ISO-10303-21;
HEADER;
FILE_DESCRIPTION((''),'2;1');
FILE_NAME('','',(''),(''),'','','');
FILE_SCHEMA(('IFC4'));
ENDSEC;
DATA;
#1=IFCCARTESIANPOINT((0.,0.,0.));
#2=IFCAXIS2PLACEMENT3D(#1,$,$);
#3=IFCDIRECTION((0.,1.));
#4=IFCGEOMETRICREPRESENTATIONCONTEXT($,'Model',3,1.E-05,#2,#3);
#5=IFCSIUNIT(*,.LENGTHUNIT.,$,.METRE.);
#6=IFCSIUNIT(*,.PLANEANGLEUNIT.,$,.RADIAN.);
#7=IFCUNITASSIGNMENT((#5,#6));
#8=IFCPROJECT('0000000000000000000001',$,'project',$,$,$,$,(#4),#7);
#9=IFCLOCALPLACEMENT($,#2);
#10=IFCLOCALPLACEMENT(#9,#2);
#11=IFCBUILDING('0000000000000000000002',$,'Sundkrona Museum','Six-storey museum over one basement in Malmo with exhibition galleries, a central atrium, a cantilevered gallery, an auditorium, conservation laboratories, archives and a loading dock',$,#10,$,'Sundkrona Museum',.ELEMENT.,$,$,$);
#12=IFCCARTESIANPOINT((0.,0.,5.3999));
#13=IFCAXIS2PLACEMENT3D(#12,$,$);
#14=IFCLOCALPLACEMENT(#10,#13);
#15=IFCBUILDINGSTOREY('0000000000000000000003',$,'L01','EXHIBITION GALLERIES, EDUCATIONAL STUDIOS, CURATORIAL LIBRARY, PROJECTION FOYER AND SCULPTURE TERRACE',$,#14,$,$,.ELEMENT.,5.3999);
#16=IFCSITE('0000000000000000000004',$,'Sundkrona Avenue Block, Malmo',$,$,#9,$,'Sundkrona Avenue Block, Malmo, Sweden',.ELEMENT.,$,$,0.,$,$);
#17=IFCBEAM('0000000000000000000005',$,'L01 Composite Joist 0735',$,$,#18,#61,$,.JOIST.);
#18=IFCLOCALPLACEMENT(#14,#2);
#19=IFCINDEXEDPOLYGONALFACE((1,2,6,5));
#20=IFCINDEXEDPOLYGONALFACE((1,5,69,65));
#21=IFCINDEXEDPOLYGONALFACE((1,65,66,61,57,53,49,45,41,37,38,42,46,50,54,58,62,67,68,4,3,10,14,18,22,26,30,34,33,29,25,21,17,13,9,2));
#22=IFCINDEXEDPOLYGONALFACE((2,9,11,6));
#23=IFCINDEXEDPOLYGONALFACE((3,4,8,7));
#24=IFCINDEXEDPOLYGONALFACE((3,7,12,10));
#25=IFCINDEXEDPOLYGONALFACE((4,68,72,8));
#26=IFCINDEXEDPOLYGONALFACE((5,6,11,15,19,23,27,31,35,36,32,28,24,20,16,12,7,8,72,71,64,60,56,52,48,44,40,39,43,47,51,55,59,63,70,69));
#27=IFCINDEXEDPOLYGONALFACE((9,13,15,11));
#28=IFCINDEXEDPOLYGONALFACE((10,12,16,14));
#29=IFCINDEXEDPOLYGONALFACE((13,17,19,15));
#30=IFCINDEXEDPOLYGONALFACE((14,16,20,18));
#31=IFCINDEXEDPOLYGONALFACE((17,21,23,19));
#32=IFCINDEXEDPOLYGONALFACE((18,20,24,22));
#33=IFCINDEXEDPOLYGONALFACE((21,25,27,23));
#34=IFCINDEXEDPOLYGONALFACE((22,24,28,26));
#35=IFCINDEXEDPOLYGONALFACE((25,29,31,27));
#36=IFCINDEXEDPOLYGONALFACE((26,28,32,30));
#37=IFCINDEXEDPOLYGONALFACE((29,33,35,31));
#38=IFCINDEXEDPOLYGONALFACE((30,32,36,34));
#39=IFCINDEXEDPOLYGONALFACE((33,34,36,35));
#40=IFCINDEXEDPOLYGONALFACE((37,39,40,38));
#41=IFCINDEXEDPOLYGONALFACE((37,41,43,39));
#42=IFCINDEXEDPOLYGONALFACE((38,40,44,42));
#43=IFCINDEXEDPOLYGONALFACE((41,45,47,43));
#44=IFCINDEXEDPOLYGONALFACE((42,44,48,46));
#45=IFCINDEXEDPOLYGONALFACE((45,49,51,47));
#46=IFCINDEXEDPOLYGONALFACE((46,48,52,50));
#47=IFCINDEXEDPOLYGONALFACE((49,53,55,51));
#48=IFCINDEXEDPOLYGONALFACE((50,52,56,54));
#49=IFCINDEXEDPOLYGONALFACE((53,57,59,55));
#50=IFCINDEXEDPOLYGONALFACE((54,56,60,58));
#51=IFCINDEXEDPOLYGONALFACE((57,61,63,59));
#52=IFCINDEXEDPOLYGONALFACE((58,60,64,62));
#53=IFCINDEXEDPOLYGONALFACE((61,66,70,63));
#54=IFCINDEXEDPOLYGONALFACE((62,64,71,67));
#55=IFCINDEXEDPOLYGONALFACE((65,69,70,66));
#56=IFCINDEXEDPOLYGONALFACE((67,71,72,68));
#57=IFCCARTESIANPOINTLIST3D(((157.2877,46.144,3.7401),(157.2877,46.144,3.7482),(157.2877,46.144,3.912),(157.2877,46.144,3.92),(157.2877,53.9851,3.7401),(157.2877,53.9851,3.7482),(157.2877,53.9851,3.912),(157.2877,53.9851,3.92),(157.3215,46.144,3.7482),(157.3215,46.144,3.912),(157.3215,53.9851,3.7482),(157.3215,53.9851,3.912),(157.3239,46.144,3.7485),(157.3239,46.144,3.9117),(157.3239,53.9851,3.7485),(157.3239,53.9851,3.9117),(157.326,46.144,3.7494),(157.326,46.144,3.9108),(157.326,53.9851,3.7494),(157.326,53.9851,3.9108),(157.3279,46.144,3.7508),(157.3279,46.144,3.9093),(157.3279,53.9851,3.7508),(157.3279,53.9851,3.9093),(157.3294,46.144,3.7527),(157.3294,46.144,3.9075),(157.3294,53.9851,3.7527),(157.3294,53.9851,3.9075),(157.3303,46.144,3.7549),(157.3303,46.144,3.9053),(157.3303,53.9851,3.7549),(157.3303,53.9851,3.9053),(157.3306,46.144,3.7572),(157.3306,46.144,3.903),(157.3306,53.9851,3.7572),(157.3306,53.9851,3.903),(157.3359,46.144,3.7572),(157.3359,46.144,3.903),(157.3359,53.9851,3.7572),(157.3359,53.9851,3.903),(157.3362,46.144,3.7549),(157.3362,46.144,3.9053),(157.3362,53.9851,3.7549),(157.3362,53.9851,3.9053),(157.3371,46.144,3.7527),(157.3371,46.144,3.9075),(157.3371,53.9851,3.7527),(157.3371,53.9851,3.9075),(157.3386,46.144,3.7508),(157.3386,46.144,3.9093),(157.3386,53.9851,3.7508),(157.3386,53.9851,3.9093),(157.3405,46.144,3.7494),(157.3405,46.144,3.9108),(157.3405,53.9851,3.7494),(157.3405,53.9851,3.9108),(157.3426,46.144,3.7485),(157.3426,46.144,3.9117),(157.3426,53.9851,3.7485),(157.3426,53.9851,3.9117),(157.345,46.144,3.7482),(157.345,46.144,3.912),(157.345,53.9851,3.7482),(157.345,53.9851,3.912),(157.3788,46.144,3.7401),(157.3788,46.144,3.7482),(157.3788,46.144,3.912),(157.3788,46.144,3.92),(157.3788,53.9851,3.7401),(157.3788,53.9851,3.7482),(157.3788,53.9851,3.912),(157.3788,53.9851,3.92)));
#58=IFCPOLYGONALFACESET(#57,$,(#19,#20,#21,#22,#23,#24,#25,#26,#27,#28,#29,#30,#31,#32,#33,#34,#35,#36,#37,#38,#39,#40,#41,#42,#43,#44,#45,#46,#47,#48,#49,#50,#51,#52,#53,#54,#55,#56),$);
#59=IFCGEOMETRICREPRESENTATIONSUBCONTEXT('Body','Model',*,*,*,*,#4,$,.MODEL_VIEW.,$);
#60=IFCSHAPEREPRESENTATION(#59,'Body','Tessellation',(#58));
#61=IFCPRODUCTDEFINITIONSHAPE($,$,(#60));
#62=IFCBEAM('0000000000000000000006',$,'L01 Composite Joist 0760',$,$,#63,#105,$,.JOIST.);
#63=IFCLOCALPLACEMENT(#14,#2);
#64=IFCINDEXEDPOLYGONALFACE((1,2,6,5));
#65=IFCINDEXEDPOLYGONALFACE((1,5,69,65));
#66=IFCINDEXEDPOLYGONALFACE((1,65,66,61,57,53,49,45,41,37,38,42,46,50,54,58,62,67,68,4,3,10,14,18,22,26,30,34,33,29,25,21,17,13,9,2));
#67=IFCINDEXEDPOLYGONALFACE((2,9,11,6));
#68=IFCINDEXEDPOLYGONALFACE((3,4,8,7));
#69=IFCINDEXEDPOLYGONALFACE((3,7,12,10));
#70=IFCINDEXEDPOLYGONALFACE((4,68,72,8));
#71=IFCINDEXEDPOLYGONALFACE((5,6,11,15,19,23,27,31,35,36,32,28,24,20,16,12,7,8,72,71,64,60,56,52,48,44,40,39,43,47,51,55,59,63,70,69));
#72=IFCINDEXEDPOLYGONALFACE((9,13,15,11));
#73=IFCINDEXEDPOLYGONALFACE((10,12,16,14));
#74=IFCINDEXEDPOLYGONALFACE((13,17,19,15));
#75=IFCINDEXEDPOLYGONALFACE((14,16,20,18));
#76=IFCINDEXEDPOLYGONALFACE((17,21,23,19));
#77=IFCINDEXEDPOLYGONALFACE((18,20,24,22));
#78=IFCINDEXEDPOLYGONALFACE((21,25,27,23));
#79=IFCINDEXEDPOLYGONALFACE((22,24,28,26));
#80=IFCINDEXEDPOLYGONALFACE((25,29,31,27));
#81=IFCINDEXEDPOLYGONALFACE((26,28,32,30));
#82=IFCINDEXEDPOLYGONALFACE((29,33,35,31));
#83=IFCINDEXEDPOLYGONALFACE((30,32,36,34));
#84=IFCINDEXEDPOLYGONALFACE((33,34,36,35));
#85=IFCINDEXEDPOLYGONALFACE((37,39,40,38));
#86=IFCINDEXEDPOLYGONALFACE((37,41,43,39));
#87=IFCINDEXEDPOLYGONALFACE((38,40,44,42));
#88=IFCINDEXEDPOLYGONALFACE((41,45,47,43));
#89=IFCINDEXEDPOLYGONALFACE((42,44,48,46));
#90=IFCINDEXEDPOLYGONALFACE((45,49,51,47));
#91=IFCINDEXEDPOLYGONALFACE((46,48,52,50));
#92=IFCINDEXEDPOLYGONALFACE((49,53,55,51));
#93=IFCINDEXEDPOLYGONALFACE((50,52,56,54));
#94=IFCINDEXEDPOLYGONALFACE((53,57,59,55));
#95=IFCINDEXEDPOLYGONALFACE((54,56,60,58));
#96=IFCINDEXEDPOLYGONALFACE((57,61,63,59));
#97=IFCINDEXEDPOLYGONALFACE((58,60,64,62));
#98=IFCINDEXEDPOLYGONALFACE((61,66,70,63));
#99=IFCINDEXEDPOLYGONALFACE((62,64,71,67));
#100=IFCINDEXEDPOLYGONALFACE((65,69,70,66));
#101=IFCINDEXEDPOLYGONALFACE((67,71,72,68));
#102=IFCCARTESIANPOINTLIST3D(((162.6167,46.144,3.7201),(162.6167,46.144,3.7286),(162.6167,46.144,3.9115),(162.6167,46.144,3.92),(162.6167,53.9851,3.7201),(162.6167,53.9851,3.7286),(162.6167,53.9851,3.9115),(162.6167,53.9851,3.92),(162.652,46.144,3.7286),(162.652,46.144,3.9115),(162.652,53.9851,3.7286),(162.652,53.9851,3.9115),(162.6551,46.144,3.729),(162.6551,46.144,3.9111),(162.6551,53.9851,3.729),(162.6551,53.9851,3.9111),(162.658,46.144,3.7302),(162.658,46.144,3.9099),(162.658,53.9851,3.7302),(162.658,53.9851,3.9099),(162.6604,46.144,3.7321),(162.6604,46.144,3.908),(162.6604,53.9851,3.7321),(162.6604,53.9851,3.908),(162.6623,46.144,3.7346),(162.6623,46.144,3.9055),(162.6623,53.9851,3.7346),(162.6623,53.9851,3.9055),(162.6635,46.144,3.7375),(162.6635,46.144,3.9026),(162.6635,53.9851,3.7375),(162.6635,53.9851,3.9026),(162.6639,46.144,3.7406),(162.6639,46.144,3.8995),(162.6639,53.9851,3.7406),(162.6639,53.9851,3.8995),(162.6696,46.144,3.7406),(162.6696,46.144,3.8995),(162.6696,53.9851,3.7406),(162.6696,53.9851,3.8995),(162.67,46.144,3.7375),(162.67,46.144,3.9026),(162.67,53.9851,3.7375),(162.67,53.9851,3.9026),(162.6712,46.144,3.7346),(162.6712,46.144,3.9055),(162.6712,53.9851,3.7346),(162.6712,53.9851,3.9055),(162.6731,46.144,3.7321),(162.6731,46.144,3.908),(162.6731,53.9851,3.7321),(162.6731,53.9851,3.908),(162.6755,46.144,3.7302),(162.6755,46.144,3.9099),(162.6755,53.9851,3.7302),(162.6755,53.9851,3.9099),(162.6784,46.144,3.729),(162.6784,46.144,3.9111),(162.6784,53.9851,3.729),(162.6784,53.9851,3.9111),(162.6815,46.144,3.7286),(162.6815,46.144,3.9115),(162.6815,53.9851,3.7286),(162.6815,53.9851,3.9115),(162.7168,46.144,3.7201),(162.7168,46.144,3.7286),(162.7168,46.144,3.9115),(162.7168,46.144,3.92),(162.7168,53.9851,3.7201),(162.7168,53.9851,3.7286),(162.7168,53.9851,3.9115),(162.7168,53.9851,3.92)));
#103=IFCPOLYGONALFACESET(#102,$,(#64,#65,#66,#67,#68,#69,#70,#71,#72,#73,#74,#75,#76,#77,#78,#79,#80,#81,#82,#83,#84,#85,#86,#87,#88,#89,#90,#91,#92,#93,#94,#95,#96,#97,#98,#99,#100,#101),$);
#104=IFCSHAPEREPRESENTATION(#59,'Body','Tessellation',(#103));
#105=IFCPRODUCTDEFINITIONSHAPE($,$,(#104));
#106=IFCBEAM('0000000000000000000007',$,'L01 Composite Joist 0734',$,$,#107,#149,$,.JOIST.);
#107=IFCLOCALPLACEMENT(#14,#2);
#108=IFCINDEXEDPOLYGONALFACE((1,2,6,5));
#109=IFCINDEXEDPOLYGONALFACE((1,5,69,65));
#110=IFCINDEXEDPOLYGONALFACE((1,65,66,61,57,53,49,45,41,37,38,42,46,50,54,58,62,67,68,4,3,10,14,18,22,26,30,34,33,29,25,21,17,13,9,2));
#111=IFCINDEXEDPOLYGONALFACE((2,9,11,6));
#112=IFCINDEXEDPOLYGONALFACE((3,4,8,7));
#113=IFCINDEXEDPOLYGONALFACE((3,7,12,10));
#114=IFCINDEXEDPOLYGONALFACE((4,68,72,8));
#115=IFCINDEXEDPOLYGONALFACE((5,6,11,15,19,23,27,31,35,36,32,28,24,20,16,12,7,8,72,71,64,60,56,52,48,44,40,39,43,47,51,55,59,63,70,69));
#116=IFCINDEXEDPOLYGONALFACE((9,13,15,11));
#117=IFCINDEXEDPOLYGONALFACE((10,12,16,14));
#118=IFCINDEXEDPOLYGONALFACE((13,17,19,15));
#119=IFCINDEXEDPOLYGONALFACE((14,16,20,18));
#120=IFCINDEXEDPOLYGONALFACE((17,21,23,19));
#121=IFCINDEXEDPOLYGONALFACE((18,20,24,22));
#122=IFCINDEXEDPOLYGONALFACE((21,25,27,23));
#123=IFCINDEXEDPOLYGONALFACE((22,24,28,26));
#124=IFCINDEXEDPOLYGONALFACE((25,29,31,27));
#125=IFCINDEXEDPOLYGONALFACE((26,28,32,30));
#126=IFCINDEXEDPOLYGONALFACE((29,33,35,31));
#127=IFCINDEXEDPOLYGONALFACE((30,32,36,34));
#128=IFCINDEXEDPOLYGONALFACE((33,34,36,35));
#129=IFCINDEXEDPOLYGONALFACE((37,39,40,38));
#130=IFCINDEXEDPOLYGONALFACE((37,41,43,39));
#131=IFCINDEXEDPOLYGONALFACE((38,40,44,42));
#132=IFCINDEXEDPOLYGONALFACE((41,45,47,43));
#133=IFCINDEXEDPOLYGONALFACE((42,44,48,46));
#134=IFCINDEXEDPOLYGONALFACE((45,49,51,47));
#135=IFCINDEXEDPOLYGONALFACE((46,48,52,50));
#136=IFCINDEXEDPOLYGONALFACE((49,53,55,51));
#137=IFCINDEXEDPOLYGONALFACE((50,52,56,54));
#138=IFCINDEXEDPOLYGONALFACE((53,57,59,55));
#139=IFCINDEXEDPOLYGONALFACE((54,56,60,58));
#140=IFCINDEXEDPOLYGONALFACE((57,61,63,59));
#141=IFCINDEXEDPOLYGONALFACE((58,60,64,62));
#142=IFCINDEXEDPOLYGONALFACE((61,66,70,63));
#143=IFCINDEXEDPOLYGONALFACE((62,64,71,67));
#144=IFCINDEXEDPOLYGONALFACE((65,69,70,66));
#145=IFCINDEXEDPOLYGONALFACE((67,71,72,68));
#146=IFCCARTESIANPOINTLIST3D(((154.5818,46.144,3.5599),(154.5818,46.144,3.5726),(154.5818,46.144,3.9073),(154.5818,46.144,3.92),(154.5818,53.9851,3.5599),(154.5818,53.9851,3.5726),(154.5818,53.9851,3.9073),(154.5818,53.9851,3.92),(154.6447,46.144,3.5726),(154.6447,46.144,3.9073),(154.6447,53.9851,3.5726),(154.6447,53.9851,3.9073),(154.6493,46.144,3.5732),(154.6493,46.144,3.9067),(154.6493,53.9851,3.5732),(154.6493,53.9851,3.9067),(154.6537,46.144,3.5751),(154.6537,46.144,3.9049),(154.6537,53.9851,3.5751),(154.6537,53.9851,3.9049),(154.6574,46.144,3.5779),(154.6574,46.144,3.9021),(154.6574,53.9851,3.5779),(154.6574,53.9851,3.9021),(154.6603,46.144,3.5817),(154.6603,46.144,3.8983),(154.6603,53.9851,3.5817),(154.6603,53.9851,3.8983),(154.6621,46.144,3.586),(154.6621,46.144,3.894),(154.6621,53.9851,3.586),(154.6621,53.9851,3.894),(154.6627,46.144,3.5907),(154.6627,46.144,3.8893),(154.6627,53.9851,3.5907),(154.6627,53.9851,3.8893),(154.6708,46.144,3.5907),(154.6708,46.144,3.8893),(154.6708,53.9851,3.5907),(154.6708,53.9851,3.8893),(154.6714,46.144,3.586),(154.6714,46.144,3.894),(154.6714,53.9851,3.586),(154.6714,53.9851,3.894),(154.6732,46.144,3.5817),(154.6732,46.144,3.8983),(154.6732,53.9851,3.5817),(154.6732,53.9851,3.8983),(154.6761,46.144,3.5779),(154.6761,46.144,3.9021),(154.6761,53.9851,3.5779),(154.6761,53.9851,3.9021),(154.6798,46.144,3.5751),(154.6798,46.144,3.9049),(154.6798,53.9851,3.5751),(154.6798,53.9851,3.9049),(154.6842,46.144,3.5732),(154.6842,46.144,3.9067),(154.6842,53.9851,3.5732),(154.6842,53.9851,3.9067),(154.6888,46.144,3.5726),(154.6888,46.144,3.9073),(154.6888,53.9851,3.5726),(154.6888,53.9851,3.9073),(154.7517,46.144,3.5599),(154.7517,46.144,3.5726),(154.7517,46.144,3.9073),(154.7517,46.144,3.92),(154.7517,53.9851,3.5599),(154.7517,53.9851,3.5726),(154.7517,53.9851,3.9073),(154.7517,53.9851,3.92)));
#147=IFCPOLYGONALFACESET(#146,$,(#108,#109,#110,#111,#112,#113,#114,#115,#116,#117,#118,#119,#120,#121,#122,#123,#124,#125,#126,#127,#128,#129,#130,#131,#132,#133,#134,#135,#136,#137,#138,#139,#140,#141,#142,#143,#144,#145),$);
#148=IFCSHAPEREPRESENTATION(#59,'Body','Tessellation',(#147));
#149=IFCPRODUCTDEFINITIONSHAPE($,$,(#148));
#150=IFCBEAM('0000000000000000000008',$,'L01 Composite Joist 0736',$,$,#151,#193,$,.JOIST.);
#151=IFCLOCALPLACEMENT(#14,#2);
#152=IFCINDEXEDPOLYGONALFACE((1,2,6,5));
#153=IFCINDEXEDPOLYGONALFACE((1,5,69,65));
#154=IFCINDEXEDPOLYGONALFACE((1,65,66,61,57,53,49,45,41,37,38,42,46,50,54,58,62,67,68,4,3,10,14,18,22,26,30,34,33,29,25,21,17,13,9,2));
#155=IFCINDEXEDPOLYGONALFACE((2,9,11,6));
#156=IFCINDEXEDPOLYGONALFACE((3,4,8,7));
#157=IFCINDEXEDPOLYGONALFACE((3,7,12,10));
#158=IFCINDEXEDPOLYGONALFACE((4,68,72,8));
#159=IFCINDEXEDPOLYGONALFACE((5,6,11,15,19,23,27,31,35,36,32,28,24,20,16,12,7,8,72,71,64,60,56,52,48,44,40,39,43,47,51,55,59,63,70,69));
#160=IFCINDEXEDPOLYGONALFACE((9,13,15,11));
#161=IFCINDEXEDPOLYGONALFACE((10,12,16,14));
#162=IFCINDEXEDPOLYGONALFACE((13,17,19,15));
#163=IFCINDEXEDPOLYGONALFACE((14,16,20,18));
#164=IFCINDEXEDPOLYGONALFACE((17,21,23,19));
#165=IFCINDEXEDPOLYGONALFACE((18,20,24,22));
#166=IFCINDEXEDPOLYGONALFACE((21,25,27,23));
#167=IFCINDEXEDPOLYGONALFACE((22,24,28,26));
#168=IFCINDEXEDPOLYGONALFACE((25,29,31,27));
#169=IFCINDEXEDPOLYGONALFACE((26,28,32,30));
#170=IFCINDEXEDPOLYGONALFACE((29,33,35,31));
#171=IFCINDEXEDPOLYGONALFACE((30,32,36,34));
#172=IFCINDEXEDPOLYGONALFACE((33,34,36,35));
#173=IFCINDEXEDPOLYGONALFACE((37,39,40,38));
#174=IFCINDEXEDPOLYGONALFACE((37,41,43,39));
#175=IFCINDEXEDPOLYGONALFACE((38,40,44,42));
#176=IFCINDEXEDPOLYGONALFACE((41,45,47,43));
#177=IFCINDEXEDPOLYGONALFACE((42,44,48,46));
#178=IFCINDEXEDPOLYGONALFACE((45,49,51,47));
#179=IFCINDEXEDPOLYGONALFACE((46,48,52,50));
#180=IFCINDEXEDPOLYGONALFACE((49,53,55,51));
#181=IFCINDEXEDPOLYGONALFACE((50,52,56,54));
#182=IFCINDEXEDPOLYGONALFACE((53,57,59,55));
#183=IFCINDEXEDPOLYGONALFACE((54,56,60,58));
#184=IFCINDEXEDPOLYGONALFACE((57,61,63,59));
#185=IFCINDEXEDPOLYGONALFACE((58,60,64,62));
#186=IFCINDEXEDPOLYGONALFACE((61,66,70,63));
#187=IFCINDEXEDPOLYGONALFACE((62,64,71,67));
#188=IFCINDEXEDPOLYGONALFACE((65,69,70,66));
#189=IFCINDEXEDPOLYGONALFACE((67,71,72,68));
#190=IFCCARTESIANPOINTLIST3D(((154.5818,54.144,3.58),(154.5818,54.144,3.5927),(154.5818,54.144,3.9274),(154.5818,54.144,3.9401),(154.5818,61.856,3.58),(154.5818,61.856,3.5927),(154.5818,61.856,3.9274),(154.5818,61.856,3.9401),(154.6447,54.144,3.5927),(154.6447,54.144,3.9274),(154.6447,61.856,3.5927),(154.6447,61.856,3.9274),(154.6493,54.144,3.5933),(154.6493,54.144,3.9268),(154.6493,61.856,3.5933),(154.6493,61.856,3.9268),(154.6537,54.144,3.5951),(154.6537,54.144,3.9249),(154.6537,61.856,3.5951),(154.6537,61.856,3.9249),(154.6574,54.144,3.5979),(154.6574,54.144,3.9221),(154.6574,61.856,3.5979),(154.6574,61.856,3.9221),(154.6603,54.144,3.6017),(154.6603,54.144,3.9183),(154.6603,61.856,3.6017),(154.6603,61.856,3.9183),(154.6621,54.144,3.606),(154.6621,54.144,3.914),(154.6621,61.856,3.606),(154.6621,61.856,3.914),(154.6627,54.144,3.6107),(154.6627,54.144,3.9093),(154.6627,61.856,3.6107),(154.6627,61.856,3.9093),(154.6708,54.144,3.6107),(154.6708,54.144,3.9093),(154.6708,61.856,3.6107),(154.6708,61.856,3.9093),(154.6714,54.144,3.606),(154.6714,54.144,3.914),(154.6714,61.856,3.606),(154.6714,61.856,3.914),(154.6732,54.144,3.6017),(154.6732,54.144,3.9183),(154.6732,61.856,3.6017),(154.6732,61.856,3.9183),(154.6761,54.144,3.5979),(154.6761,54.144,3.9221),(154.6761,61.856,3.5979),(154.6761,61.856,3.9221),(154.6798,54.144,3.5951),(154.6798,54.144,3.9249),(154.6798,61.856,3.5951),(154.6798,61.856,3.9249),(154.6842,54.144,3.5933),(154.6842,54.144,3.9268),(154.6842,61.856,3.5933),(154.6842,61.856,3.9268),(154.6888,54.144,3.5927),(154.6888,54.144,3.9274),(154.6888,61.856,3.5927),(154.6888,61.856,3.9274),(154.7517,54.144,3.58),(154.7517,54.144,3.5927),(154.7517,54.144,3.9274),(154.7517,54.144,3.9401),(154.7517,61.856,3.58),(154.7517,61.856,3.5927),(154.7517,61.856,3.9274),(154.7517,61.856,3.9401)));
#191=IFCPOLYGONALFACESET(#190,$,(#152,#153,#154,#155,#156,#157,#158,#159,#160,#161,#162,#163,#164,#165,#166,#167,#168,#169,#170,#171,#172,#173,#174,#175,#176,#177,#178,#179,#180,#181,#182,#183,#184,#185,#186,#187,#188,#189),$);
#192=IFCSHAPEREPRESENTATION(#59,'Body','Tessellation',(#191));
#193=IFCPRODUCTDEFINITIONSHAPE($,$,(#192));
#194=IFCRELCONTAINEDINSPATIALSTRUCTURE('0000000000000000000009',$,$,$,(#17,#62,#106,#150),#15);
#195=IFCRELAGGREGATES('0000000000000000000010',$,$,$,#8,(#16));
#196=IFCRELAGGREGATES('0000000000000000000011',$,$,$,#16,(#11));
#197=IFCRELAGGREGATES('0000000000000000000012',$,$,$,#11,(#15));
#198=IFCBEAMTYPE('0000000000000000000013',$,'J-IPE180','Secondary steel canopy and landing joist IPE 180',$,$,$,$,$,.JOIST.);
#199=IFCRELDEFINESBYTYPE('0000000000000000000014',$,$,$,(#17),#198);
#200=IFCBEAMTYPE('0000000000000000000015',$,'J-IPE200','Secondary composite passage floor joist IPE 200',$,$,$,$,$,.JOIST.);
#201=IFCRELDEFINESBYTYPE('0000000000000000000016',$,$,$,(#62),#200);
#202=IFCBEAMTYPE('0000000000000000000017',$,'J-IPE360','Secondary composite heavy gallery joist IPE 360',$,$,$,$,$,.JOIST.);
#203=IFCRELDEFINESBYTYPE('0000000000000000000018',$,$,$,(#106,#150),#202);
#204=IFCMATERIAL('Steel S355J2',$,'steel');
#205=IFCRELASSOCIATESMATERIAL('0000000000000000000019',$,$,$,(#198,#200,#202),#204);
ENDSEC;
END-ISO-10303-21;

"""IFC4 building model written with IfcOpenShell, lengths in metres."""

from ifc_helpers import new_model, si_unit, direction, frame, origin, origin_2d, place, context, subcontext, project, spatial, i_section, extrude, material, material_profile, profile_set, type_object, element, save


model = new_model("IFC4")

# Units and contexts
model_context = context("Model", 3, precision=1e-05, world=origin(), true_north=direction((0.0, 1.0)))
body_context = subcontext(model_context, "Body", "Model", "MODEL_VIEW")
ifc_project = project(units=[si_unit("LENGTHUNIT", "METRE"), si_unit("PLANEANGLEUNIT", "RADIAN")], contexts=[model_context])

# Site, building, storey
site_placement = place(None, origin())
site = spatial("IfcSite", under=ifc_project, at=site_placement, Name="Sundkrona Avenue Block, Malmo", LongName="Sundkrona Avenue Block, Malmo, Sweden", CompositionType="ELEMENT", RefElevation=0.0)
building_placement = place(site_placement, origin())
building = spatial("IfcBuilding", under=site, at=building_placement, Name="Sundkrona Museum", Description="Six-storey museum over one basement in Malmo with exhibition galleries, a central atrium, a cantilevered gallery, an auditorium, conservation laboratories, archives and a loading dock", LongName="Sundkrona Museum", CompositionType="ELEMENT")
storey_placement = place(building_placement, frame((0.0, 0.0, 5.3999)))
storey = spatial("IfcBuildingStorey", under=building, at=storey_placement, Name="L01", Description="EXHIBITION GALLERIES, EDUCATIONAL STUDIOS, CURATORIAL LIBRARY, PROJECTION FOYER AND SCULPTURE TERRACE", CompositionType="ELEMENT", Elevation=5.3999)

# Shared definitions
ifc_material_1 = material(Name="Steel S355J2", Category="steel")

# Beams
ifc_material_profile_1 = material_profile(ifc_material_1, i_section(OverallWidth=0.0911, OverallDepth=0.1799, WebThickness=0.0054, FlangeThickness=0.0081, FilletRadius=0.009, at=origin_2d()), Name="IPE 180")
ifc_profile_set_1 = profile_set([ifc_material_profile_1], Name="Steel S355J2")
beam_type_1 = type_object("IfcBeamType", Name="J-IPE180", Description="Secondary steel canopy and landing joist IPE 180", PredefinedType="JOIST", material=ifc_profile_set_1)
beam_1_placement = place(storey_placement, frame((157.3333, 46.144, 3.8301), z_axis=(0.0, 1.0, 0.0), x_axis=(-1.0, 0.0, 0.0)))
element("IfcBeam", 1, at=beam_1_placement, inside=storey, type_object=beam_type_1, Name="L01 Composite Joist 0735", PredefinedType="JOIST", context=body_context, shape_type="SweptSolid", body=[
    extrude(i_section(OverallWidth=0.0911, OverallDepth=0.1799, WebThickness=0.0054, FlangeThickness=0.0081, FilletRadius=0.009, at=origin_2d()), origin(), (0.0, 0.0, 1.0), 7.8411),
])
ifc_material_profile_2 = material_profile(ifc_material_1, i_section(OverallWidth=0.1001, OverallDepth=0.2, WebThickness=0.0056, FlangeThickness=0.0085, FilletRadius=0.012, at=origin_2d()), Name="IPE 200")
ifc_profile_set_2 = profile_set([ifc_material_profile_2], Name="Steel S355J2")
beam_type_2 = type_object("IfcBeamType", Name="J-IPE200", Description="Secondary composite passage floor joist IPE 200", PredefinedType="JOIST", material=ifc_profile_set_2)
beam_2_placement = place(storey_placement, frame((162.6667, 46.144, 3.8201), z_axis=(0.0, 1.0, 0.0), x_axis=(-1.0, 0.0, 0.0)))
element("IfcBeam", 2, at=beam_2_placement, inside=storey, type_object=beam_type_2, Name="L01 Composite Joist 0760", PredefinedType="JOIST", context=body_context, shape_type="SweptSolid", body=[
    extrude(i_section(OverallWidth=0.1001, OverallDepth=0.2, WebThickness=0.0056, FlangeThickness=0.0085, FilletRadius=0.012, at=origin_2d()), origin(), (0.0, 0.0, 1.0), 7.8411),
])
ifc_material_profile_3 = material_profile(ifc_material_1, i_section(OverallWidth=0.1699, OverallDepth=0.3601, WebThickness=0.0081, FlangeThickness=0.0127, FilletRadius=0.0181, at=origin_2d()), Name="IPE 360")
ifc_profile_set_3 = profile_set([ifc_material_profile_3], Name="Steel S355J2")
beam_type_3 = type_object("IfcBeamType", Name="J-IPE360", Description="Secondary composite heavy gallery joist IPE 360", PredefinedType="JOIST", material=ifc_profile_set_3)
beam_3_placement = place(storey_placement, frame((154.6667, 46.144, 3.74), z_axis=(0.0, 1.0, 0.0), x_axis=(-1.0, 0.0, 0.0)))
element("IfcBeam", 3, at=beam_3_placement, inside=storey, type_object=beam_type_3, Name="L01 Composite Joist 0734", PredefinedType="JOIST", context=body_context, shape_type="SweptSolid", body=[
    extrude(i_section(OverallWidth=0.1699, OverallDepth=0.3601, WebThickness=0.0081, FlangeThickness=0.0127, FilletRadius=0.0181, at=origin_2d()), origin(), (0.0, 0.0, 1.0), 7.8411),
])
for number, where, z_axis, x_axis, name in (
    (4, (154.6667, 54.144, 3.76), (0.0, 1.0, 0.0), (-1.0, 0.0, 0.0), "L01 Composite Joist 0736"),
):
    element("IfcBeam", number, at=place(storey_placement, frame(where, z_axis=z_axis, x_axis=x_axis)), inside=storey, type_object=beam_type_3, Name=name, PredefinedType="JOIST", context=body_context, shape_type="SweptSolid", body=[
        extrude(i_section(OverallWidth=0.1699, OverallDepth=0.3601, WebThickness=0.0081, FlangeThickness=0.0127, FilletRadius=0.0181, at=origin_2d()), origin(), (0.0, 0.0, 1.0), 7.7119),
    ])

save(model, "model.ifc")
